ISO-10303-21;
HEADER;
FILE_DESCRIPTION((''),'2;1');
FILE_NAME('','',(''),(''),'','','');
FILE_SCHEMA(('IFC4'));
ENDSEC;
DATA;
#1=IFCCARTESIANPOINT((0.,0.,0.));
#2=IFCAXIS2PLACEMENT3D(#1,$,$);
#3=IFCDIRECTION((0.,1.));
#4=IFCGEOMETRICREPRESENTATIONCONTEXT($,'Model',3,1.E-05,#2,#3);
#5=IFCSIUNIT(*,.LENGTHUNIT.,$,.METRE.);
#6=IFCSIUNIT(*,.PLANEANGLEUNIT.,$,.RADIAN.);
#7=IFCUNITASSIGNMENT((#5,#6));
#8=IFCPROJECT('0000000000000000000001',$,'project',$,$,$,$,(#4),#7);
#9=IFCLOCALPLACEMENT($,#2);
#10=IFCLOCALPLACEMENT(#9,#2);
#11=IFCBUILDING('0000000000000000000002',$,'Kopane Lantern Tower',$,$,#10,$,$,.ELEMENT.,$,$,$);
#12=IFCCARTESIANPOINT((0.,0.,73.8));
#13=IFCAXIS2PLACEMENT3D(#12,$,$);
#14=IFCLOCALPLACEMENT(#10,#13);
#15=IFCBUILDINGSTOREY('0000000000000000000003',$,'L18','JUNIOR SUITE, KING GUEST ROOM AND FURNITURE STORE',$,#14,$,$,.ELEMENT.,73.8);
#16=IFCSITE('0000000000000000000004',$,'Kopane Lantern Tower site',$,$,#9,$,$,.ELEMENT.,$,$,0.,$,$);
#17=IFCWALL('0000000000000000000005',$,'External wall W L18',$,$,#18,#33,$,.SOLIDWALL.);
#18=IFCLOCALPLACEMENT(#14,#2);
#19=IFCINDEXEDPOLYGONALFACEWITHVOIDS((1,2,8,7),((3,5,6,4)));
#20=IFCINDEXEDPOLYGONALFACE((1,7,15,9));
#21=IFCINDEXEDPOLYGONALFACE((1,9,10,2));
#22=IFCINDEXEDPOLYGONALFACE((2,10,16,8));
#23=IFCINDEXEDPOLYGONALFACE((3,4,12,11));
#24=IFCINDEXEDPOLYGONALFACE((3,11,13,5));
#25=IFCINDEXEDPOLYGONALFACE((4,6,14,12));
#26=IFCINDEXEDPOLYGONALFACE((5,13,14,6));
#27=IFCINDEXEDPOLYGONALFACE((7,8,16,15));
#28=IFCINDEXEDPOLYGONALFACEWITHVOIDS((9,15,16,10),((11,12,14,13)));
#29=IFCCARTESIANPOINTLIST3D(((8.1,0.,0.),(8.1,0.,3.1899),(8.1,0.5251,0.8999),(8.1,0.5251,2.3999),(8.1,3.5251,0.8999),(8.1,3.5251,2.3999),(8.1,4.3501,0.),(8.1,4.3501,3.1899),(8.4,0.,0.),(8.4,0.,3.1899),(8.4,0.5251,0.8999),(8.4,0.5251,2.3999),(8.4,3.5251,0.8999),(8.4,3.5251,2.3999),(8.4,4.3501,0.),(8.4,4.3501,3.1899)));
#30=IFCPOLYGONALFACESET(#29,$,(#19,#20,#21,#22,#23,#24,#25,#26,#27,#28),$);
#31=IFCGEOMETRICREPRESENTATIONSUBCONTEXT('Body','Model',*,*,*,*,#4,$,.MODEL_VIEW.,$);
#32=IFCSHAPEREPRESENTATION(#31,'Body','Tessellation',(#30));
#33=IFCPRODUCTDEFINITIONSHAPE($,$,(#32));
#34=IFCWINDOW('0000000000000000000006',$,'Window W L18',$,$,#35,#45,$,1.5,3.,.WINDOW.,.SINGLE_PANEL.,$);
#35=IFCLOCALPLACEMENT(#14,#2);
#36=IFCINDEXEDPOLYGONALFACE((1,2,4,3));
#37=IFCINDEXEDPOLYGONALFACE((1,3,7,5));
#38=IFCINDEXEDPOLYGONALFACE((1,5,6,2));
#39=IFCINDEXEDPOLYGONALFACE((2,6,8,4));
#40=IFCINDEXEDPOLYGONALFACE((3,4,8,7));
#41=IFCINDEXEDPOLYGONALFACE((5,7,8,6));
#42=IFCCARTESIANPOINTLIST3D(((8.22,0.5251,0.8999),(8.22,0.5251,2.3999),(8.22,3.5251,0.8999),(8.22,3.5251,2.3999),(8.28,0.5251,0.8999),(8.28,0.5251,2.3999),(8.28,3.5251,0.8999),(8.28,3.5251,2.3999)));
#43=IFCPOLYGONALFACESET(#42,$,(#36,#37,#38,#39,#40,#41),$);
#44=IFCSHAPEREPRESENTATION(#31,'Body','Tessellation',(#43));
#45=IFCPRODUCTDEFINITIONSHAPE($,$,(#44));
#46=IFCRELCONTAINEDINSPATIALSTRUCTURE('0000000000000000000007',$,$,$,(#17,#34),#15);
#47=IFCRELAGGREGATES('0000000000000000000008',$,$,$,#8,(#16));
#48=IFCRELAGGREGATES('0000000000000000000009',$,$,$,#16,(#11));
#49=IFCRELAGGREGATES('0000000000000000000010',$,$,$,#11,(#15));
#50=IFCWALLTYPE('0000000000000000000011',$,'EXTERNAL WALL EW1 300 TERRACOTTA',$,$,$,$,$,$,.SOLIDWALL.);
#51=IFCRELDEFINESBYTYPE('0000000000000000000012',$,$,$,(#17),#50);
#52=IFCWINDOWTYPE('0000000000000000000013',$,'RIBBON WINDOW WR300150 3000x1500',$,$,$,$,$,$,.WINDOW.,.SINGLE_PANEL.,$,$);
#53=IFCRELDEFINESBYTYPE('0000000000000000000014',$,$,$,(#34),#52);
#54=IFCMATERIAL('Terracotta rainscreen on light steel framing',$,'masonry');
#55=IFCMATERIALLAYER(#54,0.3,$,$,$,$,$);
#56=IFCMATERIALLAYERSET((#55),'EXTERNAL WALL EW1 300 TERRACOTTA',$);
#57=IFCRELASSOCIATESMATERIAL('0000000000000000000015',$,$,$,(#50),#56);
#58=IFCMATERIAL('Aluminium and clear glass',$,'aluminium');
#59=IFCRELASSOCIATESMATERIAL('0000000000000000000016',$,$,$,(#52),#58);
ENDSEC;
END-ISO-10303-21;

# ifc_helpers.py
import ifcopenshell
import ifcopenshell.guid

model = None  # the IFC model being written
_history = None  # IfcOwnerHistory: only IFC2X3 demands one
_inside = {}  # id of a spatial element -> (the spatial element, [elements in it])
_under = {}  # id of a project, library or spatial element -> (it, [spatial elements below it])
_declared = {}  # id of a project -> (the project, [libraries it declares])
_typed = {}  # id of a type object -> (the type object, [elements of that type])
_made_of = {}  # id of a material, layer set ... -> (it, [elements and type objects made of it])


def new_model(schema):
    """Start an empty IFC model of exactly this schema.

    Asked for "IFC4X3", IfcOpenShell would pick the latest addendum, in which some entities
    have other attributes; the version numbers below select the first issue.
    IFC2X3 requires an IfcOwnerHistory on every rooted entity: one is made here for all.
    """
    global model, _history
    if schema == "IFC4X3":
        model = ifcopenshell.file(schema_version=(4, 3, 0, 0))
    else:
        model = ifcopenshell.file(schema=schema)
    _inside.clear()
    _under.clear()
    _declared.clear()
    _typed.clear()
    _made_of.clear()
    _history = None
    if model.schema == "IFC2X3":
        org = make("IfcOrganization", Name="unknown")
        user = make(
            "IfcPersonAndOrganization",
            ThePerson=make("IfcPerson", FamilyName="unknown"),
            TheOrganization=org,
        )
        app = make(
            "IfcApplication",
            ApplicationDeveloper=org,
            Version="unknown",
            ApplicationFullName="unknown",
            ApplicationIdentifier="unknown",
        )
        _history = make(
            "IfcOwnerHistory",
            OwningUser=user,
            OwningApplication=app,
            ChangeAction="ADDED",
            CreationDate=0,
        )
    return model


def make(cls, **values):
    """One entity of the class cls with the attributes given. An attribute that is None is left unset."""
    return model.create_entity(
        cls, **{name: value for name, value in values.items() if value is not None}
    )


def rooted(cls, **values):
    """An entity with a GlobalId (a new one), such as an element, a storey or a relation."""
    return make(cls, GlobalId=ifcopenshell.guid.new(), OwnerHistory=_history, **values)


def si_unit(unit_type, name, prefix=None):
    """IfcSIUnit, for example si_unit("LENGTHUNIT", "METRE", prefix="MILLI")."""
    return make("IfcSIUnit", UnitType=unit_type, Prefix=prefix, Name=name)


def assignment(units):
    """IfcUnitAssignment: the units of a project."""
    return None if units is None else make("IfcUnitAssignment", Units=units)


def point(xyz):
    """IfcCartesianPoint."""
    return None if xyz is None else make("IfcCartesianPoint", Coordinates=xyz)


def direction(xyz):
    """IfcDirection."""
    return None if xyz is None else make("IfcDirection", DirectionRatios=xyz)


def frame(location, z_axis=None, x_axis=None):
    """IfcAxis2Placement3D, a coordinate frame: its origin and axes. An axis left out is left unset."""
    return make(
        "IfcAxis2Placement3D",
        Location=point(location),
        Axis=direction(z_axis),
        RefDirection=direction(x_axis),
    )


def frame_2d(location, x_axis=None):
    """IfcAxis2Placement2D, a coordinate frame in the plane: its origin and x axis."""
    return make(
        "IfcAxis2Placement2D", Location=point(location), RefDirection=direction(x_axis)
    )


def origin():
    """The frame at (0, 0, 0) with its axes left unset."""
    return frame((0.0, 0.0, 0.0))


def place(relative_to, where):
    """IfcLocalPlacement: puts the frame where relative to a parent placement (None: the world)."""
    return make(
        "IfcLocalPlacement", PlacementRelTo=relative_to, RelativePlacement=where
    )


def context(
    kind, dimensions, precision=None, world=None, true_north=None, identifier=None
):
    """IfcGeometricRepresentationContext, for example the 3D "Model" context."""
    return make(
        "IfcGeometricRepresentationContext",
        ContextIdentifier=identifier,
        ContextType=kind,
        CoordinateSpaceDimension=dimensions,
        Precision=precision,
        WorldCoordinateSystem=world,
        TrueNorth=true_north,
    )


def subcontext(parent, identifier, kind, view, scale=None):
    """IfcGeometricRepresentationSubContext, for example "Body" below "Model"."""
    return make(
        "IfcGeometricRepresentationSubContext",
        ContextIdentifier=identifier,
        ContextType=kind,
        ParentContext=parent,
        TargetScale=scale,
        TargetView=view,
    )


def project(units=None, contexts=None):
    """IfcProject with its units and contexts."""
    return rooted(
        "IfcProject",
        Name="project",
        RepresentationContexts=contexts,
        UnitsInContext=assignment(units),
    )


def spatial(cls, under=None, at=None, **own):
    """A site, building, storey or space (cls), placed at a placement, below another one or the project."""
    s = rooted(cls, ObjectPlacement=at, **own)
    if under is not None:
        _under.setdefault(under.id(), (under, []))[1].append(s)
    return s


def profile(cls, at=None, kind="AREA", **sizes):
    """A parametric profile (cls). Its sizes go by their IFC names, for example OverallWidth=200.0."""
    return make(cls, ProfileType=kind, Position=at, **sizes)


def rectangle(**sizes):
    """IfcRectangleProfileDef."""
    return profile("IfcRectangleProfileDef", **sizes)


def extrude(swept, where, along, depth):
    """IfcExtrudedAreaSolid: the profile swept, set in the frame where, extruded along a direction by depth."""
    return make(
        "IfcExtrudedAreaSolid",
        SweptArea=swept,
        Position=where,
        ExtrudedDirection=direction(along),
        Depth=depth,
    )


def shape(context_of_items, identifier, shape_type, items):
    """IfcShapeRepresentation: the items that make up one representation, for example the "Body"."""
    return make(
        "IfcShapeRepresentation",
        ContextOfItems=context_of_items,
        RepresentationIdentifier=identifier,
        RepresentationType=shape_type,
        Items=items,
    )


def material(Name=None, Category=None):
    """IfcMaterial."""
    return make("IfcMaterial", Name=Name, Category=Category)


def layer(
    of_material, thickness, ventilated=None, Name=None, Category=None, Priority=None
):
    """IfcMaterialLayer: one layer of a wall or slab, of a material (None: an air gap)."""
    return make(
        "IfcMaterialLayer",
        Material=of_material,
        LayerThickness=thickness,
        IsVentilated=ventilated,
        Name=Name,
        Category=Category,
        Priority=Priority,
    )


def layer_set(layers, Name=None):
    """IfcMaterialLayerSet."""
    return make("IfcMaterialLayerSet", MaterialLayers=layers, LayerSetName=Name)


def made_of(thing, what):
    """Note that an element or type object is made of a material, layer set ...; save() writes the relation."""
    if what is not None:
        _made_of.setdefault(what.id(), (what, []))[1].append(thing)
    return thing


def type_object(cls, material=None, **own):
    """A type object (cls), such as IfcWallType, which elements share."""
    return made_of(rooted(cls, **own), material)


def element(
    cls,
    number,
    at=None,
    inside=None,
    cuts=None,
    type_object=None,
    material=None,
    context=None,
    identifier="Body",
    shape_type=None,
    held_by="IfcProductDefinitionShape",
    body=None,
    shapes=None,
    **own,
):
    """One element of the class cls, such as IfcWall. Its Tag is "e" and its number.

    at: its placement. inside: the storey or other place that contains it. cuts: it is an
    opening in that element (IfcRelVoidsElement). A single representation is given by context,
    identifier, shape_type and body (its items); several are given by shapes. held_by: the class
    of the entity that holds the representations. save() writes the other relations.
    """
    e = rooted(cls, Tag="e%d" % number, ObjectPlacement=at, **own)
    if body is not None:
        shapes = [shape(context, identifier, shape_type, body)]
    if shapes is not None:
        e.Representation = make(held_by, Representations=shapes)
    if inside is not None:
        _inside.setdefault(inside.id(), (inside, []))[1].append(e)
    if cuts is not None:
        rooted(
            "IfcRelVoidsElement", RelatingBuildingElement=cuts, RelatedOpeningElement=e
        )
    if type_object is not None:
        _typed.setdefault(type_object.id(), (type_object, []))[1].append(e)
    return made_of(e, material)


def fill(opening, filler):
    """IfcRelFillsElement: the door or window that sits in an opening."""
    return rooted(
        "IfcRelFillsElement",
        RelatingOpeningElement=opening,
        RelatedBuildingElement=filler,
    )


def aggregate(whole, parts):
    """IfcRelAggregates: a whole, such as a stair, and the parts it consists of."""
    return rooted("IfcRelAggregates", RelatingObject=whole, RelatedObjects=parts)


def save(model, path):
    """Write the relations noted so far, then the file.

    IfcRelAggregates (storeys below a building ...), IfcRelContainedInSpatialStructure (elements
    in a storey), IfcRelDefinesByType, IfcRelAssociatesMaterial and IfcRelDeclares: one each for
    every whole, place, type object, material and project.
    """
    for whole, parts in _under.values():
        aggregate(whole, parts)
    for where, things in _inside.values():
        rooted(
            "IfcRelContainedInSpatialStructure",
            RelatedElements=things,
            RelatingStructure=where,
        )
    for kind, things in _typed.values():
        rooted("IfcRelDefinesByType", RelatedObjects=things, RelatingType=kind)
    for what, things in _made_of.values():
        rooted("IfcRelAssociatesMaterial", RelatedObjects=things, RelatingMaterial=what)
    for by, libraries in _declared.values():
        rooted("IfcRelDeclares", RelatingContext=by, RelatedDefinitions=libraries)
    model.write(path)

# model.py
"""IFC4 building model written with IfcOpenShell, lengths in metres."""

from ifc_helpers import new_model, si_unit, direction, frame, frame_2d, origin, place, context, subcontext, project, spatial, rectangle, extrude, material, layer, layer_set, type_object, element, fill, save


model = new_model("IFC4")

# Units and contexts
model_context = context("Model", 3, precision=1e-05, world=origin(), true_north=direction((0.0, 1.0)))
body_context = subcontext(model_context, "Body", "Model", "MODEL_VIEW")
ifc_project = project(units=[si_unit("LENGTHUNIT", "METRE"), si_unit("PLANEANGLEUNIT", "RADIAN")], contexts=[model_context])

# Site, building, storey
site_placement = place(None, origin())
site = spatial("IfcSite", under=ifc_project, at=site_placement, Name="Kopane Lantern Tower site", CompositionType="ELEMENT", RefElevation=0.0)
building_placement = place(site_placement, origin())
building = spatial("IfcBuilding", under=site, at=building_placement, Name="Kopane Lantern Tower", CompositionType="ELEMENT")
storey_placement = place(building_placement, frame((0.0, 0.0, 73.8)))
storey = spatial("IfcBuildingStorey", under=building, at=storey_placement, Name="L18", Description="JUNIOR SUITE, KING GUEST ROOM AND FURNITURE STORE", CompositionType="ELEMENT", Elevation=73.8)

# Shared definitions
ifc_material_1 = material(Name="Terracotta rainscreen on light steel framing", Category="masonry")
ifc_layer = layer(ifc_material_1, 0.3)
ifc_layer_set = layer_set([ifc_layer], Name="EXTERNAL WALL EW1 300 TERRACOTTA")
wall_type = type_object("IfcWallType", Name="EXTERNAL WALL EW1 300 TERRACOTTA", PredefinedType="SOLIDWALL", material=ifc_layer_set)

# Wall, opening, window
ifc_material_2 = material(Name="Aluminium and clear glass", Category="aluminium")
window_type_1 = type_object("IfcWindowType", Name="RIBBON WINDOW WR300150 3000x1500", PartitioningType="SINGLE_PANEL", PredefinedType="WINDOW", material=ifc_material_2)
wall_1_placement = place(storey_placement, frame((8.25, 4.3501, 0.0), z_axis=(0.0, 0.0, 1.0), x_axis=(0.0, -1.0, 0.0)))
wall_1 = element("IfcWall", 1, at=wall_1_placement, inside=storey, type_object=wall_type, Name="External wall W L18", PredefinedType="SOLIDWALL", context=body_context, shape_type="SweptSolid", body=[
    extrude(rectangle(XDim=4.3501, YDim=0.3, at=frame_2d((2.175, 0.0))), origin(), (0.0, 0.0, 1.0), 3.1899),
])
opening_1_placement = place(wall_1_placement, frame((0.825, 0.0, 0.8999)))
opening_1 = element("IfcOpeningElement", 2, at=opening_1_placement, cuts=wall_1, PredefinedType="OPENING", context=body_context, shape_type="SweptSolid", body=[
    extrude(rectangle(XDim=3.0, YDim=1.5, at=frame_2d((1.5, 0.75))), frame((0.0, 0.1599, 0.0), z_axis=(0.0, -1.0, 0.0), x_axis=(1.0, 0.0, 0.0)), (0.0, 0.0, 1.0), 0.3201),
])
window_1_placement = place(opening_1_placement, origin())
window_1 = element("IfcWindow", 3, at=window_1_placement, inside=storey, type_object=window_type_1, Name="Window W L18", OverallHeight=1.5, OverallWidth=3.0, PartitioningType="SINGLE_PANEL", PredefinedType="WINDOW", context=body_context, shape_type="SweptSolid", body=[
    extrude(rectangle(XDim=3.0, YDim=1.5, at=frame_2d((1.5, 0.75))), frame((0.0, 0.03, 0.0), z_axis=(0.0, -1.0, 0.0), x_axis=(1.0, 0.0, 0.0)), (0.0, 0.0, 1.0), 0.0601),
])
fill(opening_1, window_1)

save(model, "model.ifc")
